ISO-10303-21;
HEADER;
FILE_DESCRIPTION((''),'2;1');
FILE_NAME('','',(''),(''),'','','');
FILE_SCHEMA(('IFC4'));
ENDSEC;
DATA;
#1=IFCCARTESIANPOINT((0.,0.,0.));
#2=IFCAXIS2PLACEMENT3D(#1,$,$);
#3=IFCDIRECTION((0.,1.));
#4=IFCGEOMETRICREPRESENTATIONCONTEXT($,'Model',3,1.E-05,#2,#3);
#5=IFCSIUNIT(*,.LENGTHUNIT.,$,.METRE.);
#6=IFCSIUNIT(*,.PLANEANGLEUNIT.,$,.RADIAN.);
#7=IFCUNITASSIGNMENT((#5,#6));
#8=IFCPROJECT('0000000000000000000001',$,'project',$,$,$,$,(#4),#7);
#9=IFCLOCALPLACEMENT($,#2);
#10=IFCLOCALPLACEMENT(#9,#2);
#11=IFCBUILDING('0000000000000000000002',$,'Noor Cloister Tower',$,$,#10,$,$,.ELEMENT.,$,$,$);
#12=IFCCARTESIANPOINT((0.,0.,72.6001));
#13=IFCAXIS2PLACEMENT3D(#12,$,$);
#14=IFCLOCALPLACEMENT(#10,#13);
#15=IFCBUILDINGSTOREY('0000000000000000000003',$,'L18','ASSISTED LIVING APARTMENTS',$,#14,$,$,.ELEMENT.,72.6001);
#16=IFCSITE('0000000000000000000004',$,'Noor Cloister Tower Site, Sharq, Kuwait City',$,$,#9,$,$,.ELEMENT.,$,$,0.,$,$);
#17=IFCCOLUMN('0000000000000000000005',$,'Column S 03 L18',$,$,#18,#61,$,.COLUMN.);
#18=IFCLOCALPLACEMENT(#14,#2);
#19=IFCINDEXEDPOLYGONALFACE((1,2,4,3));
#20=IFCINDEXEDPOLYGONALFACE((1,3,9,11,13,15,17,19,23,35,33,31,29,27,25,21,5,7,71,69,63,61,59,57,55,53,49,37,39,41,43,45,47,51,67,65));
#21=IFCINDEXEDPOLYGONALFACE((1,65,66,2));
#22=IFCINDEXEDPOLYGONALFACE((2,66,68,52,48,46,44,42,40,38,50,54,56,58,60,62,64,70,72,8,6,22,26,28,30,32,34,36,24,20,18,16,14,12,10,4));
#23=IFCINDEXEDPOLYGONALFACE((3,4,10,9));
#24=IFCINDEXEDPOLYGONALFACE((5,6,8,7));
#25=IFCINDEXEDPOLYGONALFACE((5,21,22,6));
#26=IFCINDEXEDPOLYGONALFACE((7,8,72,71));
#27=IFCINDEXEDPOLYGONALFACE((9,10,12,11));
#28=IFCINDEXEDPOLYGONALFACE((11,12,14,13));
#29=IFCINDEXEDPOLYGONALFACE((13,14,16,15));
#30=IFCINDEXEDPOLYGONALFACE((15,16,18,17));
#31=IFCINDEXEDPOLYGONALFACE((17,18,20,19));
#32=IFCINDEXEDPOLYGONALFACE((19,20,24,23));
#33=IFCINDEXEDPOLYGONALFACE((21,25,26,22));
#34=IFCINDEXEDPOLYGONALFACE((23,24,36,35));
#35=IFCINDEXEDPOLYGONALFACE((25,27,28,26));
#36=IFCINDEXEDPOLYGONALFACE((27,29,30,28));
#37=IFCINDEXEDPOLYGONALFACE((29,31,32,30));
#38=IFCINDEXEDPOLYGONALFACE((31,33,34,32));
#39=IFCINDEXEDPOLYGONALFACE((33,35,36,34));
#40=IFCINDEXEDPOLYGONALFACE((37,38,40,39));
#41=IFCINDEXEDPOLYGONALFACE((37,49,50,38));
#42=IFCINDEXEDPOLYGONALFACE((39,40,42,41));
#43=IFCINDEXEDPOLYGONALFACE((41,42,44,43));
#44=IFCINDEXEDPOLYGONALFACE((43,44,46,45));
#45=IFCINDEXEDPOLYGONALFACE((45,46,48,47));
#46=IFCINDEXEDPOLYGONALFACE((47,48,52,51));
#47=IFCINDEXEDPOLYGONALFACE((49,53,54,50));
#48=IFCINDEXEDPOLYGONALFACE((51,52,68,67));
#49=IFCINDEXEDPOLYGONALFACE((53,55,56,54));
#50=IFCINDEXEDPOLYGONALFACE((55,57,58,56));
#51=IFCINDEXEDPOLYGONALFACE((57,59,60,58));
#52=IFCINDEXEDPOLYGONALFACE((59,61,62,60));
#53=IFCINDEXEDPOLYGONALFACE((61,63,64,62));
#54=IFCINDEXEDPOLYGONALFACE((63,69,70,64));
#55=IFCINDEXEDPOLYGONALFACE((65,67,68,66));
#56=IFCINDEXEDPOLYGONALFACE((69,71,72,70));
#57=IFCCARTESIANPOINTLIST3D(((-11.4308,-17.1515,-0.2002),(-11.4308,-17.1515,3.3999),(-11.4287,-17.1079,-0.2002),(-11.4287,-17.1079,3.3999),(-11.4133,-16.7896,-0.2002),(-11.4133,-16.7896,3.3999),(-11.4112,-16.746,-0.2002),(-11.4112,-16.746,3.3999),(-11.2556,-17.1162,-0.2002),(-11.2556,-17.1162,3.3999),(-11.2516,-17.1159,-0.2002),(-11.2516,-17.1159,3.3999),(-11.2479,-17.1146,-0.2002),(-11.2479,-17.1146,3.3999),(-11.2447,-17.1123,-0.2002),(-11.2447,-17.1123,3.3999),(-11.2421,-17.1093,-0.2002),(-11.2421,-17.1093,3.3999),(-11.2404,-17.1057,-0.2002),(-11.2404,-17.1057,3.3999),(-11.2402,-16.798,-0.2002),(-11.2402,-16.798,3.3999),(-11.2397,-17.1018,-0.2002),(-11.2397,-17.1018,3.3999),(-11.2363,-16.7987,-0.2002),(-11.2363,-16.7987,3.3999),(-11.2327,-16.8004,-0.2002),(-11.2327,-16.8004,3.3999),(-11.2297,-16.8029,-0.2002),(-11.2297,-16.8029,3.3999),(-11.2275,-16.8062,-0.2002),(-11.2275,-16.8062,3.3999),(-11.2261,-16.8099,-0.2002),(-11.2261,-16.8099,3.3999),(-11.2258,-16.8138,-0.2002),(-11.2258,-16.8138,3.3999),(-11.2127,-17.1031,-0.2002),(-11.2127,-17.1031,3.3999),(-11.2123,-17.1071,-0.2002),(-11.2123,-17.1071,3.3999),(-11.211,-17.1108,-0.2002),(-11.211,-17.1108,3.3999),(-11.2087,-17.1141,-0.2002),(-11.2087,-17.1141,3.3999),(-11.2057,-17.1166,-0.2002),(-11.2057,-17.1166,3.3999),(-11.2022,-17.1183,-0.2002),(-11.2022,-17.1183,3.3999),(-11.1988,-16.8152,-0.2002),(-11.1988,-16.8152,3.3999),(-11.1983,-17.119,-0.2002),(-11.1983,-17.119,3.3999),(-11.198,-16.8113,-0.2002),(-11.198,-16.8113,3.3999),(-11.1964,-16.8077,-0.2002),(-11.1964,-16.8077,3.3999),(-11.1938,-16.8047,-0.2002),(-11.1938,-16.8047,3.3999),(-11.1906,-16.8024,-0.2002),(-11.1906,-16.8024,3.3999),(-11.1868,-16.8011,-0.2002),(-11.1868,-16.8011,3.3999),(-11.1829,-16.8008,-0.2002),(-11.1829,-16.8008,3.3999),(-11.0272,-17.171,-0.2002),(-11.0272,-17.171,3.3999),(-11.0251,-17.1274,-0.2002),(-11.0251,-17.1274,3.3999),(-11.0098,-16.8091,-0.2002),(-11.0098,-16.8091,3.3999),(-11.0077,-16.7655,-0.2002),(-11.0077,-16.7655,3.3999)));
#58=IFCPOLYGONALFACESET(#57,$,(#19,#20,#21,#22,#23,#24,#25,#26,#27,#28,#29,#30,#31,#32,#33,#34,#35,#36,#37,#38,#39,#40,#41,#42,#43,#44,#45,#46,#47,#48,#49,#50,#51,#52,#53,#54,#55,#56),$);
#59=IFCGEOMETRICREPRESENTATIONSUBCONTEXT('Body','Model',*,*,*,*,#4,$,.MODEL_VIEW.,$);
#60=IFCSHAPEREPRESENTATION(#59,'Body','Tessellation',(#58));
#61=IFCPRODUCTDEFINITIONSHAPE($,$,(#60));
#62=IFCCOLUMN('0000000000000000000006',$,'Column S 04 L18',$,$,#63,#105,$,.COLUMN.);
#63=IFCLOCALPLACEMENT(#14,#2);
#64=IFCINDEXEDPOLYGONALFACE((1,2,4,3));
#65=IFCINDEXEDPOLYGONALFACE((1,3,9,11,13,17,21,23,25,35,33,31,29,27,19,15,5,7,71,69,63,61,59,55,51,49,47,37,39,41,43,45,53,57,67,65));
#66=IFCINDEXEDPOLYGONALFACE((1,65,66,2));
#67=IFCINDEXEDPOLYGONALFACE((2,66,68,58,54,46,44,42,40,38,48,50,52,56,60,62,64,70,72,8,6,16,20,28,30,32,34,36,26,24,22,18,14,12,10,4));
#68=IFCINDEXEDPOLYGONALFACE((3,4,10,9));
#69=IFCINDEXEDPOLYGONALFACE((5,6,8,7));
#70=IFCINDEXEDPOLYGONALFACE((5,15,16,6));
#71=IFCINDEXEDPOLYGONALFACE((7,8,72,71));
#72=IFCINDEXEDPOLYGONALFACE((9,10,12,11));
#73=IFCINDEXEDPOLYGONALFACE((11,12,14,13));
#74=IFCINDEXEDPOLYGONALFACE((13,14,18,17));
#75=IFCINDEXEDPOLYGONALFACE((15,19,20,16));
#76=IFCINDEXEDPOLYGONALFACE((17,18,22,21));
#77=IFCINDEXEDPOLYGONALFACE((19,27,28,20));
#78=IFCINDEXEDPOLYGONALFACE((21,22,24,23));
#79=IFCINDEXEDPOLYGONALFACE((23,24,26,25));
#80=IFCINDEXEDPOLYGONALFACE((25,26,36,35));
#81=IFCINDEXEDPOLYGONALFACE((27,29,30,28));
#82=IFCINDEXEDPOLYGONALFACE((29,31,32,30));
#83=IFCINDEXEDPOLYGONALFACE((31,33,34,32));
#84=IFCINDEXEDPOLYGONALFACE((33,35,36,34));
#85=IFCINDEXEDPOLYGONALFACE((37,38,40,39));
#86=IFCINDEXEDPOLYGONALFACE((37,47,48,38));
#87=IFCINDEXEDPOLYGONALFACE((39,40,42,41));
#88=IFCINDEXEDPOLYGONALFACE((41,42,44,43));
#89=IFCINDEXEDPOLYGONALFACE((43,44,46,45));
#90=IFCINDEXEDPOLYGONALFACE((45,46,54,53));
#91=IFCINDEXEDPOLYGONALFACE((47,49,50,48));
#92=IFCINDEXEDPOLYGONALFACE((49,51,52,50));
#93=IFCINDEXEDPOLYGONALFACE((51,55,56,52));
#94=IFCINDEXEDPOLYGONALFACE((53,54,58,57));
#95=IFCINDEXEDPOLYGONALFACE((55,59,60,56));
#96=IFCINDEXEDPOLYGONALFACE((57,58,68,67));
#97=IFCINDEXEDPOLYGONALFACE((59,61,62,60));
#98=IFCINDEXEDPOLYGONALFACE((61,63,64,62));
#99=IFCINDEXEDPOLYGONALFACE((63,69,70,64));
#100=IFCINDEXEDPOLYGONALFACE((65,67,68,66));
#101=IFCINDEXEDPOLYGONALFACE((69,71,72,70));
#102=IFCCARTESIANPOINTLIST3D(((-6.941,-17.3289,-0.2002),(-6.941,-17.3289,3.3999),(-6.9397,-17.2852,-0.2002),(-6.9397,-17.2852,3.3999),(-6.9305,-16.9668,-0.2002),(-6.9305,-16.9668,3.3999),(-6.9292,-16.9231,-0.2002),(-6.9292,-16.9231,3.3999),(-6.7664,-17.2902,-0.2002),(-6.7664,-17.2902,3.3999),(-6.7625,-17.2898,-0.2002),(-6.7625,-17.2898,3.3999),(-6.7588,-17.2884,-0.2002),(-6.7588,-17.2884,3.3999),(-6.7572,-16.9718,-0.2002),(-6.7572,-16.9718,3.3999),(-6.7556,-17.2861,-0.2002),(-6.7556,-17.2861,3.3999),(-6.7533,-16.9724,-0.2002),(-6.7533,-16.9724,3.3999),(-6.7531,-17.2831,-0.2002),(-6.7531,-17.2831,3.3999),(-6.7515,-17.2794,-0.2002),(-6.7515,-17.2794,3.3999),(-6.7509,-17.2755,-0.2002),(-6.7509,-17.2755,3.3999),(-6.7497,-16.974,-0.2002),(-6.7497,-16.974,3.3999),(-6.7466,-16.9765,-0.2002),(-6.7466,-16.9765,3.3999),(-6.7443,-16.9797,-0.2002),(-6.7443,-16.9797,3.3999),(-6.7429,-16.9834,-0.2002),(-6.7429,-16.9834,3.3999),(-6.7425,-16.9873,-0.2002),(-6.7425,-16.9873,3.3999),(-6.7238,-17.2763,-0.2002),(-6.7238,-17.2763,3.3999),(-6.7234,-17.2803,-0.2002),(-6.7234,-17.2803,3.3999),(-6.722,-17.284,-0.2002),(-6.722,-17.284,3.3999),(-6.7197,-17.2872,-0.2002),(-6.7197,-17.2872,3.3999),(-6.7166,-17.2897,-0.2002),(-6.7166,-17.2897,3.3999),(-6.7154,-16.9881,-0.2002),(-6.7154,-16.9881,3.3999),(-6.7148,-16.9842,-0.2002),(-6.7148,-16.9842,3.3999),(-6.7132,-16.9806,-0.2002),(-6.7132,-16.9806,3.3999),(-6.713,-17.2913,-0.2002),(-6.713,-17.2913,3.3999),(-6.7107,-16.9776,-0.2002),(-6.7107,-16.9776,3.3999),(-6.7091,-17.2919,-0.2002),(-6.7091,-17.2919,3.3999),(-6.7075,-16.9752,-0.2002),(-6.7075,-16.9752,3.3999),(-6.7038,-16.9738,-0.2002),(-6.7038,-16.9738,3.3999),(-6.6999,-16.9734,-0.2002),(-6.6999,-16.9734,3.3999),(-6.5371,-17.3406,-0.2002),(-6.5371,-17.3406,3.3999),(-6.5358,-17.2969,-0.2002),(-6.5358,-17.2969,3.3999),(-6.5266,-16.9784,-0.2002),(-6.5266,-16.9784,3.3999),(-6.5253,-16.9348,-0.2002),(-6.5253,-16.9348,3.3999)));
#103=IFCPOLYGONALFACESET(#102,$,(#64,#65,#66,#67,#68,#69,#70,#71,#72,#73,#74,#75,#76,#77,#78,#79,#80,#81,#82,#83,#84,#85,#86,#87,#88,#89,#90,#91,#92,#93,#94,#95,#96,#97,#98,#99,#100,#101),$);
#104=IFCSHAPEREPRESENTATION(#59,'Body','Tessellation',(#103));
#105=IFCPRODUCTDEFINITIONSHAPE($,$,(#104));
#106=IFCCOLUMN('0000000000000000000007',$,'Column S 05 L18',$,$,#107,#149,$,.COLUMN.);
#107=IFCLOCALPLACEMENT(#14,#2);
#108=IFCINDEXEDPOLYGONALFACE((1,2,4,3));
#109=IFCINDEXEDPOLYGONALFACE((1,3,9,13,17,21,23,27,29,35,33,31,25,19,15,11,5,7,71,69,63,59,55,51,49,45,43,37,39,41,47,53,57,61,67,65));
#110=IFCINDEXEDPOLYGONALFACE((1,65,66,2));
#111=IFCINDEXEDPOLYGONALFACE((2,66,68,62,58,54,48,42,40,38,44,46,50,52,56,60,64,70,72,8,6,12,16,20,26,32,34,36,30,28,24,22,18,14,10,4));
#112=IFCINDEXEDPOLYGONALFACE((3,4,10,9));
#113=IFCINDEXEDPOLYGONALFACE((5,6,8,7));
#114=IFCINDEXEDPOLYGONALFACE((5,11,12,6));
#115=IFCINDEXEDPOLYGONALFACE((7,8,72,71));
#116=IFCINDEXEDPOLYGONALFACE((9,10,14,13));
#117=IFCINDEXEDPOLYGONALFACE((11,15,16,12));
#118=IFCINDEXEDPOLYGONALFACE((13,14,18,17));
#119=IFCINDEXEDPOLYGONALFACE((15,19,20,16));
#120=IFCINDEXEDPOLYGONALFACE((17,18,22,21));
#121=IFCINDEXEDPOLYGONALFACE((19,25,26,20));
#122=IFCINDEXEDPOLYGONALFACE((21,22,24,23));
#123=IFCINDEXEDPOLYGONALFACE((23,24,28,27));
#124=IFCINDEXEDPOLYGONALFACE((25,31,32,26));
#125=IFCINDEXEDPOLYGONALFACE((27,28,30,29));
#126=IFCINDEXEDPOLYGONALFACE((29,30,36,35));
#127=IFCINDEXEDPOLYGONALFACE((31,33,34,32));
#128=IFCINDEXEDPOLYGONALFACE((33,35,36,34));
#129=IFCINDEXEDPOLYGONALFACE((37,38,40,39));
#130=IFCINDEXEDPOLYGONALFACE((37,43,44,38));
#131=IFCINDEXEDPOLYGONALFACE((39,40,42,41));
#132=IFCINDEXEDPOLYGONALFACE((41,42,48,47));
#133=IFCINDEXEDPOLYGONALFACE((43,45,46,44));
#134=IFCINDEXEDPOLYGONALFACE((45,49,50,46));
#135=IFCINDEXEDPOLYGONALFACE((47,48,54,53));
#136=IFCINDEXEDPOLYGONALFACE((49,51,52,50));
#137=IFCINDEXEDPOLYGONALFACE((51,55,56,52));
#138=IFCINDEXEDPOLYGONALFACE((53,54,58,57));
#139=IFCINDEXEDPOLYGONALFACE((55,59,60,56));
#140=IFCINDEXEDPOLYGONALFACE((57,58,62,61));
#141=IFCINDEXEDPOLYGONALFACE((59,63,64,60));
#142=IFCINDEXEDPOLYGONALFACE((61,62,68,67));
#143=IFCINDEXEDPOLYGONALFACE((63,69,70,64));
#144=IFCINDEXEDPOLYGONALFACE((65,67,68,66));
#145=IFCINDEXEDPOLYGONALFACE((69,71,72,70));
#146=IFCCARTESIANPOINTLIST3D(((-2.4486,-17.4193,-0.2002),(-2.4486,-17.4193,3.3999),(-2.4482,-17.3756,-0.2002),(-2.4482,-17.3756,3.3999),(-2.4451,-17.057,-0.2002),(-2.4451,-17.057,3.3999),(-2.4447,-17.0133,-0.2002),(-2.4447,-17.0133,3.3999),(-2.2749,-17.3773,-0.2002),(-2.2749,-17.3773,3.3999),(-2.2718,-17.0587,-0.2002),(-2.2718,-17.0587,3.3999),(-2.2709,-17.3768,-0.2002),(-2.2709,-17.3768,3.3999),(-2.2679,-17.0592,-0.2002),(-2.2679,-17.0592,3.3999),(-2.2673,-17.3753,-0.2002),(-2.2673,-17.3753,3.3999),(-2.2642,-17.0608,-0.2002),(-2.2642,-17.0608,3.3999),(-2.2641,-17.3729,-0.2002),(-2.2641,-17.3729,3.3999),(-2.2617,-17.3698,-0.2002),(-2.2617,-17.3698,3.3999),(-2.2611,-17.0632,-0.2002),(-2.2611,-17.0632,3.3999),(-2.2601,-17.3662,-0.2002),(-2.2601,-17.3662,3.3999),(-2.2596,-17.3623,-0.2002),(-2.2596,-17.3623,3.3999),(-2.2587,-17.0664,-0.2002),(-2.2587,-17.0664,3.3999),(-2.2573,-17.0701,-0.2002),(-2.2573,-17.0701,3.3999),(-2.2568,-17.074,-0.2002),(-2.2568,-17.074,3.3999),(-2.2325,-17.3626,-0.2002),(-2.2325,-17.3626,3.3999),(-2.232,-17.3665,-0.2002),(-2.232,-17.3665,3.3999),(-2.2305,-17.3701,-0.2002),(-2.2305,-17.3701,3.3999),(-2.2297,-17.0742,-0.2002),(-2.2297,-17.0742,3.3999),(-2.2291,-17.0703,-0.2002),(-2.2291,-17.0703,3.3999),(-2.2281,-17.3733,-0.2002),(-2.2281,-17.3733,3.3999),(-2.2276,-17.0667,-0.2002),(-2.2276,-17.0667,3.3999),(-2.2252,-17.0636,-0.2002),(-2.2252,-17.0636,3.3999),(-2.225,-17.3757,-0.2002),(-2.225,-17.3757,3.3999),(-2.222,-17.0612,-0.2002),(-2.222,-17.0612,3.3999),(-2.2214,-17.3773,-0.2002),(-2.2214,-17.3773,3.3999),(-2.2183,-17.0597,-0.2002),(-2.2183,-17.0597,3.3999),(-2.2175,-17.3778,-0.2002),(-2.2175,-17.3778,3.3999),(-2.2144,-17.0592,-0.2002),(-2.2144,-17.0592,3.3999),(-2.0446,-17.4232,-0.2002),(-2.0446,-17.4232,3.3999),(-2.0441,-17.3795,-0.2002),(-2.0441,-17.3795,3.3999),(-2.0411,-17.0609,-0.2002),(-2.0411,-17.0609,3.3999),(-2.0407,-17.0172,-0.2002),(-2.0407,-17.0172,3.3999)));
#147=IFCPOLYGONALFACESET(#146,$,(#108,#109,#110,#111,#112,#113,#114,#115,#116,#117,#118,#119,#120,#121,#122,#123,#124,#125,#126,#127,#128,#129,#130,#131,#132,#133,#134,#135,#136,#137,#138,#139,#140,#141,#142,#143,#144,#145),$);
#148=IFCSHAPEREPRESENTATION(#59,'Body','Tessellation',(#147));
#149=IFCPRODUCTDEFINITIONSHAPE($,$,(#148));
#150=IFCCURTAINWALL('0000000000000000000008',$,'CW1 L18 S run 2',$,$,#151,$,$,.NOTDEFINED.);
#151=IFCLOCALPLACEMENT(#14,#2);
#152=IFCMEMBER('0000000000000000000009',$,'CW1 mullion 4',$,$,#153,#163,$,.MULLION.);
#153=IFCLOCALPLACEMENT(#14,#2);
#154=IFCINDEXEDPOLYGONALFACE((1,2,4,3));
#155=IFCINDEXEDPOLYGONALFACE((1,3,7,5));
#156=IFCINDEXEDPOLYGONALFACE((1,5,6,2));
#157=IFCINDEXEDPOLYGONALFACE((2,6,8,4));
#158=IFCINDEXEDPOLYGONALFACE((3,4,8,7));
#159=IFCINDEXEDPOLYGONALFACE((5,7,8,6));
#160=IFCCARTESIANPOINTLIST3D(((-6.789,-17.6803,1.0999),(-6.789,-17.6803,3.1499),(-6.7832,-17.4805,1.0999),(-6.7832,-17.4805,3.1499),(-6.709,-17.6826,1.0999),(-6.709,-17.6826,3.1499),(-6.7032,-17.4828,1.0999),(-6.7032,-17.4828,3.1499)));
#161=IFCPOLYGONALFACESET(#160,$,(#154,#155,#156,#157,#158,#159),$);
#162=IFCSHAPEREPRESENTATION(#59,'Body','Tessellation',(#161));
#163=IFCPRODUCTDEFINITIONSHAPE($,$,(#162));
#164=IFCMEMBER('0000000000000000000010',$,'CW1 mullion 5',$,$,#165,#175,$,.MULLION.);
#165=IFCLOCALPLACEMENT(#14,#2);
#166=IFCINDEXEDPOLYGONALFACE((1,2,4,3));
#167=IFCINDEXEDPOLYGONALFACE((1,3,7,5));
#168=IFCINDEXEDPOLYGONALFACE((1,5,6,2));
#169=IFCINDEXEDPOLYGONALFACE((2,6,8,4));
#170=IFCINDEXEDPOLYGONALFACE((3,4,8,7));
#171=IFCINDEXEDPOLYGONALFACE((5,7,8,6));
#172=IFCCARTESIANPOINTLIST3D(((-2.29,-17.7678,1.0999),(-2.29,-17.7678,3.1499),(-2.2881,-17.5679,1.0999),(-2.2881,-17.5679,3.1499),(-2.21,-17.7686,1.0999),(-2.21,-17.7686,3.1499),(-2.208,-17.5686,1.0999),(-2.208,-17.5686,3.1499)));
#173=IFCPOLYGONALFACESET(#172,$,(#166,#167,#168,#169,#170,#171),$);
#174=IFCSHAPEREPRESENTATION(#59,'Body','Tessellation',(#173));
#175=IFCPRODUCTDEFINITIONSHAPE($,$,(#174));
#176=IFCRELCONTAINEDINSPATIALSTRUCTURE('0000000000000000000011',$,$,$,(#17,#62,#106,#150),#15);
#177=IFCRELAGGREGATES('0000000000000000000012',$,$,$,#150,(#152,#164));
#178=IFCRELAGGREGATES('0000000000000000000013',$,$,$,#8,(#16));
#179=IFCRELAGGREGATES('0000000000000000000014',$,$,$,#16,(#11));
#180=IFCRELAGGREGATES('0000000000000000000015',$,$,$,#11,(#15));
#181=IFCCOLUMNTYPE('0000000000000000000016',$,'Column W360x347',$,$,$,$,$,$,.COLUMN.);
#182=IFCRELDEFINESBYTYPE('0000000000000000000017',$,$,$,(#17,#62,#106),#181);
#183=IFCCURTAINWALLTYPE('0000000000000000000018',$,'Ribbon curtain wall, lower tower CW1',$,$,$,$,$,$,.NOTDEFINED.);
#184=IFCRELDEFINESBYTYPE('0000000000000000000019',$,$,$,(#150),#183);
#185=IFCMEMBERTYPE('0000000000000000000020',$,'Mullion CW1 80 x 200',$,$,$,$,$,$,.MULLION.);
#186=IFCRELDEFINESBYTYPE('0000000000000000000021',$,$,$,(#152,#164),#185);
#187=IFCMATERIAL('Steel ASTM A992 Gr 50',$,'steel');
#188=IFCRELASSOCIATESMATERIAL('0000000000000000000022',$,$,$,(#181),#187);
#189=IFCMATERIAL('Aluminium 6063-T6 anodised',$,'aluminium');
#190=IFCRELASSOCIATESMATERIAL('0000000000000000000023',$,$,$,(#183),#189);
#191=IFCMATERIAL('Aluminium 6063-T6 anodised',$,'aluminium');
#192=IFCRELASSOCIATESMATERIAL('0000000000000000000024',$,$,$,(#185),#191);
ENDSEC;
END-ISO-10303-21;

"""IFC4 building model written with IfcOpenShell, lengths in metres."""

from ifc_helpers import new_model, si_unit, direction, frame, origin, origin_2d, place, context, subcontext, project, spatial, rectangle, i_section, extrude, material, material_profile, profile_set, type_object, element, aggregate, save


model = new_model("IFC4")

# Units and contexts
model_context = context("Model", 3, precision=1e-05, world=origin(), true_north=direction((0.0, 1.0)))
body_context = subcontext(model_context, "Body", "Model", "MODEL_VIEW")
ifc_project = project(units=[si_unit("LENGTHUNIT", "METRE"), si_unit("PLANEANGLEUNIT", "RADIAN")], contexts=[model_context])

# Site, building, storey
site_placement = place(None, origin())
site = spatial("IfcSite", under=ifc_project, at=site_placement, Name="Noor Cloister Tower Site, Sharq, Kuwait City", CompositionType="ELEMENT", RefElevation=0.0)
building_placement = place(site_placement, origin())
building = spatial("IfcBuilding", under=site, at=building_placement, Name="Noor Cloister Tower", CompositionType="ELEMENT")
storey_placement = place(building_placement, frame((0.0, 0.0, 72.6001)))
storey = spatial("IfcBuildingStorey", under=building, at=storey_placement, Name="L18", Description="ASSISTED LIVING APARTMENTS", CompositionType="ELEMENT", Elevation=72.6001)

# Columns
ifc_material_1 = material(Name="Steel ASTM A992 Gr 50", Category="steel")
ifc_material_profile_1 = material_profile(ifc_material_1, i_section(OverallWidth=0.4041, OverallDepth=0.406, WebThickness=0.0271, FlangeThickness=0.0437, FilletRadius=0.0151, at=origin_2d()), Name="W360x347")
ifc_profile_set_1 = profile_set([ifc_material_profile_1], Name="Steel ASTM A992 Gr 50")
column_type = type_object("IfcColumnType", Name="Column W360x347", PredefinedType="COLUMN", material=ifc_profile_set_1)
for number, where, z_axis, x_axis, name in (
    (1, (-11.2192, -16.9585, -0.2002), (0.0, 0.0, 1.0), (0.998837, -0.048212, 0.0), "Column S 03 L18"),
    (2, (-6.7332, -17.1318, -0.2002), (0.0, 0.0, 1.0), (0.999581, -0.028934, 0.0), "Column S 04 L18"),
    (3, (-2.2446, -17.2183, -0.2002), (0.0, 0.0, 1.0), (0.999953, -0.009646, 0.0), "Column S 05 L18"),
):
    element("IfcColumn", number, at=place(storey_placement, frame(where, z_axis=z_axis, x_axis=x_axis)), inside=storey, type_object=column_type, Name=name, PredefinedType="COLUMN", context=body_context, shape_type="SweptSolid", body=[
        extrude(i_section(OverallWidth=0.4041, OverallDepth=0.406, WebThickness=0.0271, FlangeThickness=0.0437, FilletRadius=0.0151, at=origin_2d()), origin(), (0.0, 0.0, 1.0), 3.6001),
    ])

# Curtain wall, members
ifc_material_2 = material(Name="Aluminium 6063-T6 anodised", Category="aluminium")
curtain_wall_type = type_object("IfcCurtainWallType", Name="Ribbon curtain wall, lower tower CW1", PredefinedType="NOTDEFINED", material=ifc_material_2)
curtain_wall_placement = place(storey_placement, origin())
curtain_wall = element("IfcCurtainWall", 4, at=curtain_wall_placement, inside=storey, type_object=curtain_wall_type, Name="CW1 L18 S run 2", PredefinedType="NOTDEFINED")
ifc_material_3 = material(Name="Aluminium 6063-T6 anodised", Category="aluminium")
ifc_material_profile_2 = material_profile(ifc_material_3, rectangle(XDim=0.2, YDim=0.0801, at=origin_2d()), Name="200 x 80 mullion")
ifc_profile_set_2 = profile_set([ifc_material_profile_2], Name="Aluminium 6063-T6 anodised")
member_type = type_object("IfcMemberType", Name="Mullion CW1 80 x 200", PredefinedType="MULLION", material=ifc_profile_set_2)
member_1_placement = place(storey_placement, frame((-6.7461, -17.5815, 1.0999), z_axis=(0.0, 0.0, 1.0), x_axis=(0.028934, 0.999581, 0.0)))
member_1 = element("IfcMember", 5, at=member_1_placement, type_object=member_type, Name="CW1 mullion 4", PredefinedType="MULLION", context=body_context, shape_type="SweptSolid", body=[
    extrude(rectangle(XDim=0.2, YDim=0.0801, at=origin_2d()), origin(), (0.0, 0.0, 1.0), 2.05),
])
member_2_placement = place(storey_placement, frame((-2.249, -17.6682, 1.0999), z_axis=(0.0, 0.0, 1.0), x_axis=(0.009646, 0.999953, 0.0)))
member_2 = element("IfcMember", 6, at=member_2_placement, type_object=member_type, Name="CW1 mullion 5", PredefinedType="MULLION", context=body_context, shape_type="SweptSolid", body=[
    extrude(rectangle(XDim=0.2, YDim=0.0801, at=origin_2d()), origin(), (0.0, 0.0, 1.0), 2.05),
])

aggregate(curtain_wall, [member_1, member_2])

save(model, "model.ifc")
